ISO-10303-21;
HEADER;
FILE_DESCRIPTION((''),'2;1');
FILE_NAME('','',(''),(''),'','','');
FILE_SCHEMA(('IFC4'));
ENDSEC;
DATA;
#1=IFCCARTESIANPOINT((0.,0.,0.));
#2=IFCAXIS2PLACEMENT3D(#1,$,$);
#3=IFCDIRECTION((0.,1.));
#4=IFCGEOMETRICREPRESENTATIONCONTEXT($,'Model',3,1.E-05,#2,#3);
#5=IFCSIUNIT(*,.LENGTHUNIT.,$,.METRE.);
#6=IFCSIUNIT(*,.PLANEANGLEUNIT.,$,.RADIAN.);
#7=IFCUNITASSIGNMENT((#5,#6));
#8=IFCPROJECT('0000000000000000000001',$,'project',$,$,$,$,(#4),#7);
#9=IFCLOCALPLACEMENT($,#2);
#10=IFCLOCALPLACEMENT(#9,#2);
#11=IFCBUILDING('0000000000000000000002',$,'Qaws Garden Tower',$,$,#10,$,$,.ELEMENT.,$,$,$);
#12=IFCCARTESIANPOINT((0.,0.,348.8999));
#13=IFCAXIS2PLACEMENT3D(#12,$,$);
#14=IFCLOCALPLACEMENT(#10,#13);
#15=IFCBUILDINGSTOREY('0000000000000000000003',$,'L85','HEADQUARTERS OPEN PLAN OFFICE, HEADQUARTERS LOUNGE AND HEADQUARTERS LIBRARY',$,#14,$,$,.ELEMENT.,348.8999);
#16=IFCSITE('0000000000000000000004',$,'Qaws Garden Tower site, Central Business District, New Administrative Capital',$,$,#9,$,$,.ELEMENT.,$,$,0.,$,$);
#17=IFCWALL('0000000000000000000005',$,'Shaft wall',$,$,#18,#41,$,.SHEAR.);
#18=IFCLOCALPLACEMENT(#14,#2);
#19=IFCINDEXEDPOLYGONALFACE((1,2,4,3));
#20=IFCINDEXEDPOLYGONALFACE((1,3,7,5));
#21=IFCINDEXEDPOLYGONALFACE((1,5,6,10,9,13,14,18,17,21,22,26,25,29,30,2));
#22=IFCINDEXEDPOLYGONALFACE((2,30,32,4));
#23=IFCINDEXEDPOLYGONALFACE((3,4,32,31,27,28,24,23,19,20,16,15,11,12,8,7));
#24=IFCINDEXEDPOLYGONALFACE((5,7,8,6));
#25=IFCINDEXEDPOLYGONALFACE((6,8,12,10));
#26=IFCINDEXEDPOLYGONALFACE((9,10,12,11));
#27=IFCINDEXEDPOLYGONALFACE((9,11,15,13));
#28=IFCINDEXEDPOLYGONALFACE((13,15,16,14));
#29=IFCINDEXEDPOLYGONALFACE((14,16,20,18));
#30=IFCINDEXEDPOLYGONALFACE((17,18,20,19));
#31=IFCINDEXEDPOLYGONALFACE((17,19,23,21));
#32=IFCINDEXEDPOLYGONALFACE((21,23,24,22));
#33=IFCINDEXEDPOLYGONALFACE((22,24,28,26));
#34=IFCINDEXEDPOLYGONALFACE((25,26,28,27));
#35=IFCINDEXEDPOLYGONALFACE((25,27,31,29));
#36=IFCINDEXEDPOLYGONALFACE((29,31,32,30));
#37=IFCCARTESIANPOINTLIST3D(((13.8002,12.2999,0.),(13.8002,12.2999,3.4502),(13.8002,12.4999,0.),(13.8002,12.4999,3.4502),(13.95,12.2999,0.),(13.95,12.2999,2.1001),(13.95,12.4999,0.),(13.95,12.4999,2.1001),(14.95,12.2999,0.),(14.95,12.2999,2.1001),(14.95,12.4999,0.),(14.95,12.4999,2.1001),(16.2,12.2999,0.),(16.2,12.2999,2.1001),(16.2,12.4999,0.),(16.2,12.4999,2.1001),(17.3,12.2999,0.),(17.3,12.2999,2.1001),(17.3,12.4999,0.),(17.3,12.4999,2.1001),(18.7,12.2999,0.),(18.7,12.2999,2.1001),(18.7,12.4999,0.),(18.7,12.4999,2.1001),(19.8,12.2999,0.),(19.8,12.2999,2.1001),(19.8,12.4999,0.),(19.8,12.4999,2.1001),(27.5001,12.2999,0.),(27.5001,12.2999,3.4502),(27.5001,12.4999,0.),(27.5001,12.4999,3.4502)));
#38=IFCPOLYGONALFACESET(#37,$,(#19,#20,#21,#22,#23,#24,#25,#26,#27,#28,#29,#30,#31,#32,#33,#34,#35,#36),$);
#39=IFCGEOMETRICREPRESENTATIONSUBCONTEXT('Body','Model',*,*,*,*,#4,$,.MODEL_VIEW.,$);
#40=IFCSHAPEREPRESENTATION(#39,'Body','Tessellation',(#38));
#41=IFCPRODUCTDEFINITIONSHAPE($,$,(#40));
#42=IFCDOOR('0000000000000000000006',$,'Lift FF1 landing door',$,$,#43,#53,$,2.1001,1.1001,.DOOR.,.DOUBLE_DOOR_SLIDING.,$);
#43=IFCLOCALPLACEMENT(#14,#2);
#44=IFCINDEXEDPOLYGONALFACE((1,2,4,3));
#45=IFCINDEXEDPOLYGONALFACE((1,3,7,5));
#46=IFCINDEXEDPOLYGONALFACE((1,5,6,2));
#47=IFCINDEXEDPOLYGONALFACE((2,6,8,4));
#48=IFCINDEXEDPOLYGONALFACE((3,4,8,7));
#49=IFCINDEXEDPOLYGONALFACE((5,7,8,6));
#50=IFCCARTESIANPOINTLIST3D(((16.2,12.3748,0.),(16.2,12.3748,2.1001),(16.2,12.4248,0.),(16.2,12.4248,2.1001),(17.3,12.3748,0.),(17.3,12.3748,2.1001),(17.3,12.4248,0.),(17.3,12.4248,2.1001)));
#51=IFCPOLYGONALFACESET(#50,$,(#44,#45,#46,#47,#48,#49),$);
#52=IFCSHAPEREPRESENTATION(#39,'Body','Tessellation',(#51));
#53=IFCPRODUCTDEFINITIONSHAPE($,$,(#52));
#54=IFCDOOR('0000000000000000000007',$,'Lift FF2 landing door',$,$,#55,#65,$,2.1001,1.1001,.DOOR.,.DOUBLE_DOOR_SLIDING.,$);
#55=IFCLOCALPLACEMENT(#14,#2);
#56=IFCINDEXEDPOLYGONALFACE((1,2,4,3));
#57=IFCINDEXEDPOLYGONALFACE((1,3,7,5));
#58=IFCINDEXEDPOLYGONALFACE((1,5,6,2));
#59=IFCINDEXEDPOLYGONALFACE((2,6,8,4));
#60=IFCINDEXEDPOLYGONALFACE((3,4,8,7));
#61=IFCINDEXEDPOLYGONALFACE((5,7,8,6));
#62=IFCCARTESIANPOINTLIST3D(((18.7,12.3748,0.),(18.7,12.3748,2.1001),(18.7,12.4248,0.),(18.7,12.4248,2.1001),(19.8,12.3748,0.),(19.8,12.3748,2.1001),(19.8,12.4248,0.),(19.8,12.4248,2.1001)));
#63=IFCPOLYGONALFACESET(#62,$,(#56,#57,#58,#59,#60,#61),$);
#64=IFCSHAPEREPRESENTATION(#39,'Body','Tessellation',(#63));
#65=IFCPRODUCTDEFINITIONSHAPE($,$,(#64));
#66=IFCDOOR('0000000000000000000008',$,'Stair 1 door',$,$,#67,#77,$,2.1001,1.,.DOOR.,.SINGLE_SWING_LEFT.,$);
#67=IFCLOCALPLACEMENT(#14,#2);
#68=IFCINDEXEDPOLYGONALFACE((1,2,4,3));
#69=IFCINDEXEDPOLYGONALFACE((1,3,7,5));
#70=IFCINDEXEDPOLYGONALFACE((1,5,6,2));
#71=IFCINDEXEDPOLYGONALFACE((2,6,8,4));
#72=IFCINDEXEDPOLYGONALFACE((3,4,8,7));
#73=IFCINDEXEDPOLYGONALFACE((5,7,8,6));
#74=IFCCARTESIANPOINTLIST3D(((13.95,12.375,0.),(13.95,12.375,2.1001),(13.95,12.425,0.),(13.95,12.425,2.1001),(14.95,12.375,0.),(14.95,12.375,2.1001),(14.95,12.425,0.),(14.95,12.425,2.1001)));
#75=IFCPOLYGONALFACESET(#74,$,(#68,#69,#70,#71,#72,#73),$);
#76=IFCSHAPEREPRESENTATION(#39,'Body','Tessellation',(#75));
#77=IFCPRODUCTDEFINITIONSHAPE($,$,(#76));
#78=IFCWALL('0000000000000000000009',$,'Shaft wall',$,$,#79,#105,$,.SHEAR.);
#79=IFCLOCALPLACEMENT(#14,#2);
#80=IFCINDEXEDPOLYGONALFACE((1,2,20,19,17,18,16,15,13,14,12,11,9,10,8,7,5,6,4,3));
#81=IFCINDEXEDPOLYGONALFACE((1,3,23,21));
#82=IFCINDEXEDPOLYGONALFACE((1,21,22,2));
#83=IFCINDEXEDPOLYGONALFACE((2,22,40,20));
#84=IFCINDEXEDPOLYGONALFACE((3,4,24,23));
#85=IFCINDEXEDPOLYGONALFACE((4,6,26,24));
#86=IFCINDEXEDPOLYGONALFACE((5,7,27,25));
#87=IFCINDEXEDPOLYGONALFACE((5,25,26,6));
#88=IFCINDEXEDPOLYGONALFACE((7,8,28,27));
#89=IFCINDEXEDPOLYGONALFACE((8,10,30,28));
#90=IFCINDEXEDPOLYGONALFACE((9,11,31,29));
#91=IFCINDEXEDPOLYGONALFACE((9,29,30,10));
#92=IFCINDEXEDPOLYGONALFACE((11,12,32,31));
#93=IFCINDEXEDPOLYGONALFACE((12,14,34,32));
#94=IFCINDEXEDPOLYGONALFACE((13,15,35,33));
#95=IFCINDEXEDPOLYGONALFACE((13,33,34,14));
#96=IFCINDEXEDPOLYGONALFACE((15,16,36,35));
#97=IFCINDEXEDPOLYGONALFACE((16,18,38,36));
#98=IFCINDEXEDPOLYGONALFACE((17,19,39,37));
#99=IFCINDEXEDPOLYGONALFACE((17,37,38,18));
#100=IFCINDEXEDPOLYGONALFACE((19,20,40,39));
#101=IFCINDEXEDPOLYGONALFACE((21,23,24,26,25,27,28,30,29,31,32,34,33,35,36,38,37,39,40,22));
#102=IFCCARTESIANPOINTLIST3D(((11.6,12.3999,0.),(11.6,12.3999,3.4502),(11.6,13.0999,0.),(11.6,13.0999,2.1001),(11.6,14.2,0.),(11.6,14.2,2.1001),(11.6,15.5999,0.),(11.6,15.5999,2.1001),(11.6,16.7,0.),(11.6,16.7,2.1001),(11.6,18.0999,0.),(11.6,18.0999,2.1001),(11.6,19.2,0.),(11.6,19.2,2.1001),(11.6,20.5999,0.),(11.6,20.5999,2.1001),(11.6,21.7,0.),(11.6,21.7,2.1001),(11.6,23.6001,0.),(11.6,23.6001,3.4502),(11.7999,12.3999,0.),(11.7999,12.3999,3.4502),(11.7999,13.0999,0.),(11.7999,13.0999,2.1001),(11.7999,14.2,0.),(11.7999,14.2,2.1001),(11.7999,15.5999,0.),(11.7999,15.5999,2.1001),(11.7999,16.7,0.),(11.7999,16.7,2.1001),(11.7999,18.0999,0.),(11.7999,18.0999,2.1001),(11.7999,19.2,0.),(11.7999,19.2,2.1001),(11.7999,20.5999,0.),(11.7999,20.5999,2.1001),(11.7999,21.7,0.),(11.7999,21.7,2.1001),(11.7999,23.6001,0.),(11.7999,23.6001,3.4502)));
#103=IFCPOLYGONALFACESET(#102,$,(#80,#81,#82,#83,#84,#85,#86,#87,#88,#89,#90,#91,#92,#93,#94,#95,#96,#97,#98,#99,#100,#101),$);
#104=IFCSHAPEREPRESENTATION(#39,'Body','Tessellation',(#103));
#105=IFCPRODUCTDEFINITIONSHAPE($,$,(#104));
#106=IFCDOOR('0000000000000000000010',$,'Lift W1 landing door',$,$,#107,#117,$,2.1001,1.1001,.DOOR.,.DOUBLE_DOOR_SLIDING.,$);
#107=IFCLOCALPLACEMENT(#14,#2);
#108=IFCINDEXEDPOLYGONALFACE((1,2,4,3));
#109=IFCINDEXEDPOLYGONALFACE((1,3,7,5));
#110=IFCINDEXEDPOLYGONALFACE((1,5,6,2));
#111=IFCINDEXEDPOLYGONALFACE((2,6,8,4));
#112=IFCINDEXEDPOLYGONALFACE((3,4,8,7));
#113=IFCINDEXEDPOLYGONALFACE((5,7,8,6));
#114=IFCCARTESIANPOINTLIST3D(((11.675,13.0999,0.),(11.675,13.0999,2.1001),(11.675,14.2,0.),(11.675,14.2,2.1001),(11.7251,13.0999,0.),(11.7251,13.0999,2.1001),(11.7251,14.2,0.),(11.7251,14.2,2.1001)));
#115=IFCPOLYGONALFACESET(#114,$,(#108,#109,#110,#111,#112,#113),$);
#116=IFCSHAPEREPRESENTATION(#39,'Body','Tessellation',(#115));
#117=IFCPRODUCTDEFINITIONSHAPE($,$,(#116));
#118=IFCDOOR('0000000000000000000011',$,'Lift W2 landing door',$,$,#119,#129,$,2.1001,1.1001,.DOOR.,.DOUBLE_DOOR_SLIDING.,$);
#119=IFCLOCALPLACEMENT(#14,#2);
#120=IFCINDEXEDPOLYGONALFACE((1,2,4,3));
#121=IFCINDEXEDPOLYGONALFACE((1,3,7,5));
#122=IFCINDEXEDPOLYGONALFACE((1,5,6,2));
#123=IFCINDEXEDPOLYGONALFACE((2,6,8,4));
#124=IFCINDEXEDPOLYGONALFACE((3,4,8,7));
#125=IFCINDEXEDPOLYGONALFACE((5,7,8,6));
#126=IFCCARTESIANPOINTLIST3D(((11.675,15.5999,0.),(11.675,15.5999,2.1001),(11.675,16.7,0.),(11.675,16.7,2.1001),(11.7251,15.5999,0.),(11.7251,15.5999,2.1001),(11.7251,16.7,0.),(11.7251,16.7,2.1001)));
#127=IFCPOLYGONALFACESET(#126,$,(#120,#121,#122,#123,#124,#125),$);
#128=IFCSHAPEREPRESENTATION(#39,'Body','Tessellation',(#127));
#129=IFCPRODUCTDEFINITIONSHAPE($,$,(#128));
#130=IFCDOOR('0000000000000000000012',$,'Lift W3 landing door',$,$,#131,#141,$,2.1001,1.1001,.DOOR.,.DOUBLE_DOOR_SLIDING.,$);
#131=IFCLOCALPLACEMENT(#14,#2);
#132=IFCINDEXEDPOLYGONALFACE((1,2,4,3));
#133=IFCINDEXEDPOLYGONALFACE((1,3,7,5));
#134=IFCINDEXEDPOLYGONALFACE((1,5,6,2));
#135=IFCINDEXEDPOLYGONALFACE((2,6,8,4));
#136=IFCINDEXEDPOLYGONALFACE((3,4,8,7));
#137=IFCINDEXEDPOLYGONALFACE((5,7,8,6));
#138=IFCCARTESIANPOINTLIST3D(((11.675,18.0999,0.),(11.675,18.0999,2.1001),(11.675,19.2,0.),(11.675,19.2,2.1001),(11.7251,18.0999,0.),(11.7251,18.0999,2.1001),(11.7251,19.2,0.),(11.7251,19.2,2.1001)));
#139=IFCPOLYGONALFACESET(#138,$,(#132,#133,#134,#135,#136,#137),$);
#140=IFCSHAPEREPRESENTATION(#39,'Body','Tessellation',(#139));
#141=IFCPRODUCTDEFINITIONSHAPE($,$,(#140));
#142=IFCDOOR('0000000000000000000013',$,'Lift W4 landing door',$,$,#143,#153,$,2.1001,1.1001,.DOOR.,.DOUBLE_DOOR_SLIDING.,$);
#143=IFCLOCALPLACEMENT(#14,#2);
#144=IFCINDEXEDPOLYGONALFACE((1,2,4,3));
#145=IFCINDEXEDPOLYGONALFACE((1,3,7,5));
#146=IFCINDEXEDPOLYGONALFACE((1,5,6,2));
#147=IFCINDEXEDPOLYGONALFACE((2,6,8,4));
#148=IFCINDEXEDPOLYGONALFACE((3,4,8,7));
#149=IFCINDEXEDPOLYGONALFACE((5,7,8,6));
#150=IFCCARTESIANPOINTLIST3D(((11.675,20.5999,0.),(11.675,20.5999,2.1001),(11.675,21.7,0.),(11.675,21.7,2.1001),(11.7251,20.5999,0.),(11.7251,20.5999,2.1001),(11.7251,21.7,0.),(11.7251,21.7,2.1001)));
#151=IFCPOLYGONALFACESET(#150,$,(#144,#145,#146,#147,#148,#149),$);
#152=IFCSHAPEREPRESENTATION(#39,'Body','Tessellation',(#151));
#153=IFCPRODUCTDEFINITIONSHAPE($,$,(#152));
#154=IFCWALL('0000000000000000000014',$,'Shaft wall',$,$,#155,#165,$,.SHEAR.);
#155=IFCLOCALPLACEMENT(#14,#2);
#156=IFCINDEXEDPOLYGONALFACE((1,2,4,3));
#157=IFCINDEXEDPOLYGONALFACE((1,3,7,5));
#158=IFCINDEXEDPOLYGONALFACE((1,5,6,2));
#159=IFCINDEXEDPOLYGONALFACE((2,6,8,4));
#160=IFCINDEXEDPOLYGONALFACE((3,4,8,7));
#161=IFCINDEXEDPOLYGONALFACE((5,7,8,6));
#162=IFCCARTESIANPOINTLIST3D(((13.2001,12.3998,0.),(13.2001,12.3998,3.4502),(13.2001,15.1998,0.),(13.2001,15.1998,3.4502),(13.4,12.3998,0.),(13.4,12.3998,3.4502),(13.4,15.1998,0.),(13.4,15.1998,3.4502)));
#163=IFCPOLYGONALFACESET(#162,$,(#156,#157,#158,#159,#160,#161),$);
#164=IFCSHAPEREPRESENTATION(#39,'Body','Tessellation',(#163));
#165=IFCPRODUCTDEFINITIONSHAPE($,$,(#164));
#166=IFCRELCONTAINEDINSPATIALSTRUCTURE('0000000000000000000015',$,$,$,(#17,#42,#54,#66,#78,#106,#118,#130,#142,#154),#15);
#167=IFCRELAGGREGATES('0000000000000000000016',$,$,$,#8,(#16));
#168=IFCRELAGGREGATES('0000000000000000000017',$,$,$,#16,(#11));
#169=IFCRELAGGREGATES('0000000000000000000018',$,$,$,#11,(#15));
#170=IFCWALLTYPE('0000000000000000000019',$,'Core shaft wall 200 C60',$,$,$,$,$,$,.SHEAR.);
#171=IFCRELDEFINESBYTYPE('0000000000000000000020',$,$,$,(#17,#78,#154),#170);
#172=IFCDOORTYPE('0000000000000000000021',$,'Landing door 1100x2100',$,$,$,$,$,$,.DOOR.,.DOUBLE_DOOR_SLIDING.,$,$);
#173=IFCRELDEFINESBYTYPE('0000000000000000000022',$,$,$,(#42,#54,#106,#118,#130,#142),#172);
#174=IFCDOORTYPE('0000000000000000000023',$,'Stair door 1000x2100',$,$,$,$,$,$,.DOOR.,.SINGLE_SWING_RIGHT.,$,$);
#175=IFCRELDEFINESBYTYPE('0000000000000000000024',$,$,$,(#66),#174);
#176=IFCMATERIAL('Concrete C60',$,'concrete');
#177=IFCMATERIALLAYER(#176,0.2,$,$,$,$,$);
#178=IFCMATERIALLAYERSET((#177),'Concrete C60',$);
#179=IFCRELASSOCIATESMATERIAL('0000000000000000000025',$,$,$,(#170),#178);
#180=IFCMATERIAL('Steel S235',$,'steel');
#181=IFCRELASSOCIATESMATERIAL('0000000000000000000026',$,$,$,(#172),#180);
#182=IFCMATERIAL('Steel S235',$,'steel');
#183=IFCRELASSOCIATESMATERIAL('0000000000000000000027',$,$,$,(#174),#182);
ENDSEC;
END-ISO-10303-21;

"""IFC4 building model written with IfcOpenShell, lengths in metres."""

from ifc_helpers import new_model, si_unit, direction, frame, frame_2d, origin, place, context, subcontext, project, spatial, rectangle, extrude, material, layer, layer_set, type_object, element, fill, save


model = new_model("IFC4")

# Units and contexts
model_context = context("Model", 3, precision=1e-05, world=origin(), true_north=direction((0.0, 1.0)))
body_context = subcontext(model_context, "Body", "Model", "MODEL_VIEW")
ifc_project = project(units=[si_unit("LENGTHUNIT", "METRE"), si_unit("PLANEANGLEUNIT", "RADIAN")], contexts=[model_context])

# Site, building, storey
site_placement = place(None, origin())
site = spatial("IfcSite", under=ifc_project, at=site_placement, Name="Qaws Garden Tower site, Central Business District, New Administrative Capital", CompositionType="ELEMENT", RefElevation=0.0)
building_placement = place(site_placement, origin())
building = spatial("IfcBuilding", under=site, at=building_placement, Name="Qaws Garden Tower", CompositionType="ELEMENT")
storey_placement = place(building_placement, frame((0.0, 0.0, 348.8999)))
storey = spatial("IfcBuildingStorey", under=building, at=storey_placement, Name="L85", Description="HEADQUARTERS OPEN PLAN OFFICE, HEADQUARTERS LOUNGE AND HEADQUARTERS LIBRARY", CompositionType="ELEMENT", Elevation=348.8999)

# Walls, openings, doors
ifc_material_1 = material(Name="Concrete C60", Category="concrete")
ifc_layer_1 = layer(ifc_material_1, 0.2)
ifc_layer_set_1 = layer_set([ifc_layer_1], Name="Concrete C60")
wall_type_1 = type_object("IfcWallType", Name="Core shaft wall 200 C60", PredefinedType="SHEAR", material=ifc_layer_set_1)
wall_1_placement = place(storey_placement, frame((13.8, 12.3999, 0.0), z_axis=(0.0, 0.0, 1.0), x_axis=(1.0, 0.0, 0.0)))
wall_1 = element("IfcWall", 1, at=wall_1_placement, inside=storey, type_object=wall_type_1, Name="Shaft wall", PredefinedType="SHEAR", context=body_context, shape_type="SweptSolid", body=[
    extrude(rectangle(XDim=13.7, YDim=0.2, at=frame_2d((6.8501, 0.0))), origin(), (0.0, 0.0, 1.0), 3.4502),
])
opening_1_placement = place(wall_1_placement, frame((2.3999, 0.0, 0.0)))
opening_1 = element("IfcOpeningElement", 2, at=opening_1_placement, cuts=wall_1, PredefinedType="OPENING", context=body_context, shape_type="SweptSolid", body=[
    extrude(rectangle(XDim=1.1001, YDim=2.1001, at=frame_2d((0.55, 1.05))), frame((0.0, 0.1099, 0.0), z_axis=(0.0, -1.0, 0.0), x_axis=(1.0, 0.0, 0.0)), (0.0, 0.0, 1.0), 0.22),
])
opening_2_placement = place(wall_1_placement, frame((4.8999, 0.0, 0.0)))
opening_2 = element("IfcOpeningElement", 3, at=opening_2_placement, cuts=wall_1, PredefinedType="OPENING", context=body_context, shape_type="SweptSolid", body=[
    extrude(rectangle(XDim=1.1001, YDim=2.1001, at=frame_2d((0.55, 1.05))), frame((0.0, 0.1099, 0.0), z_axis=(0.0, -1.0, 0.0), x_axis=(1.0, 0.0, 0.0)), (0.0, 0.0, 1.0), 0.22),
])
opening_3_placement = place(wall_1_placement, frame((0.1499, 0.0, 0.0)))
opening_3 = element("IfcOpeningElement", 4, at=opening_3_placement, cuts=wall_1, PredefinedType="OPENING", context=body_context, shape_type="SweptSolid", body=[
    extrude(rectangle(XDim=1.0, YDim=2.1001, at=frame_2d((0.5, 1.05))), frame((0.0, 0.1099, 0.0), z_axis=(0.0, -1.0, 0.0), x_axis=(1.0, 0.0, 0.0)), (0.0, 0.0, 1.0), 0.22),
])
ifc_material_2 = material(Name="Steel S235", Category="steel")
door_type_1 = type_object("IfcDoorType", Name="Landing door 1100x2100", OperationType="DOUBLE_DOOR_SLIDING", PredefinedType="DOOR", material=ifc_material_2)
door_1_placement = place(opening_1_placement, origin())
door_1 = element("IfcDoor", 5, at=door_1_placement, inside=storey, type_object=door_type_1, Name="Lift FF1 landing door", OperationType="DOUBLE_DOOR_SLIDING", OverallHeight=2.1001, OverallWidth=1.1001, PredefinedType="DOOR", context=body_context, shape_type="SweptSolid", body=[
    extrude(rectangle(XDim=1.1001, YDim=2.1001, at=frame_2d((0.55, 1.05))), frame((0.0, 0.0249, 0.0), z_axis=(0.0, -1.0, 0.0), x_axis=(1.0, 0.0, 0.0)), (0.0, 0.0, 1.0), 0.05),
])
fill(opening_1, door_1)
door_2_placement = place(opening_2_placement, origin())
door_2 = element("IfcDoor", 6, at=door_2_placement, inside=storey, type_object=door_type_1, Name="Lift FF2 landing door", OperationType="DOUBLE_DOOR_SLIDING", OverallHeight=2.1001, OverallWidth=1.1001, PredefinedType="DOOR", context=body_context, shape_type="SweptSolid", body=[
    extrude(rectangle(XDim=1.1001, YDim=2.1001, at=frame_2d((0.55, 1.05))), frame((0.0, 0.0249, 0.0), z_axis=(0.0, -1.0, 0.0), x_axis=(1.0, 0.0, 0.0)), (0.0, 0.0, 1.0), 0.05),
])
fill(opening_2, door_2)
ifc_material_3 = material(Name="Steel S235", Category="steel")
door_type_2 = type_object("IfcDoorType", Name="Stair door 1000x2100", OperationType="SINGLE_SWING_RIGHT", PredefinedType="DOOR", material=ifc_material_3)
door_3_placement = place(opening_3_placement, frame((1.0, 0.0, 0.0), z_axis=(0.0, 0.0, 1.0), x_axis=(-1.0, 0.0, 0.0)))
door_3 = element("IfcDoor", 7, at=door_3_placement, inside=storey, type_object=door_type_2, Name="Stair 1 door", OperationType="SINGLE_SWING_LEFT", OverallHeight=2.1001, OverallWidth=1.0, PredefinedType="DOOR", context=body_context, shape_type="SweptSolid", body=[
    extrude(rectangle(XDim=1.0, YDim=2.1001, at=frame_2d((0.5, 1.05))), frame((0.0, 0.0249, 0.0), z_axis=(0.0, -1.0, 0.0), x_axis=(1.0, 0.0, 0.0)), (0.0, 0.0, 1.0), 0.05),
])
fill(opening_3, door_3)
wall_2_placement = place(storey_placement, frame((11.7, 12.3999, 0.0), z_axis=(0.0, 0.0, 1.0), x_axis=(0.0, 1.0, 0.0)))
wall_2 = element("IfcWall", 8, at=wall_2_placement, inside=storey, type_object=wall_type_1, Name="Shaft wall", PredefinedType="SHEAR", context=body_context, shape_type="SweptSolid", body=[
    extrude(rectangle(XDim=11.2002, YDim=0.2, at=frame_2d((5.6001, 0.0))), origin(), (0.0, 0.0, 1.0), 3.4502),
])
opening_4_placement = place(wall_2_placement, frame((0.7, 0.0, 0.0)))
opening_4 = element("IfcOpeningElement", 9, at=opening_4_placement, cuts=wall_2, PredefinedType="OPENING", context=body_context, shape_type="SweptSolid", body=[
    extrude(rectangle(XDim=1.1001, YDim=2.1001, at=frame_2d((0.55, 1.05))), frame((0.0, 0.1099, 0.0), z_axis=(0.0, -1.0, 0.0), x_axis=(1.0, 0.0, 0.0)), (0.0, 0.0, 1.0), 0.22),
])
opening_5_placement = place(wall_2_placement, frame((3.2, 0.0, 0.0)))
opening_5 = element("IfcOpeningElement", 10, at=opening_5_placement, cuts=wall_2, PredefinedType="OPENING", context=body_context, shape_type="SweptSolid", body=[
    extrude(rectangle(XDim=1.1001, YDim=2.1001, at=frame_2d((0.55, 1.05))), frame((0.0, 0.1099, 0.0), z_axis=(0.0, -1.0, 0.0), x_axis=(1.0, 0.0, 0.0)), (0.0, 0.0, 1.0), 0.22),
])
opening_6_placement = place(wall_2_placement, frame((5.7, 0.0, 0.0)))
opening_6 = element("IfcOpeningElement", 11, at=opening_6_placement, cuts=wall_2, PredefinedType="OPENING", context=body_context, shape_type="SweptSolid", body=[
    extrude(rectangle(XDim=1.1001, YDim=2.1001, at=frame_2d((0.55, 1.05))), frame((0.0, 0.1099, 0.0), z_axis=(0.0, -1.0, 0.0), x_axis=(1.0, 0.0, 0.0)), (0.0, 0.0, 1.0), 0.22),
])
opening_7_placement = place(wall_2_placement, frame((8.2, 0.0, 0.0)))
opening_7 = element("IfcOpeningElement", 12, at=opening_7_placement, cuts=wall_2, PredefinedType="OPENING", context=body_context, shape_type="SweptSolid", body=[
    extrude(rectangle(XDim=1.1001, YDim=2.1001, at=frame_2d((0.55, 1.05))), frame((0.0, 0.1099, 0.0), z_axis=(0.0, -1.0, 0.0), x_axis=(1.0, 0.0, 0.0)), (0.0, 0.0, 1.0), 0.22),
])
door_4_placement = place(opening_4_placement, origin())
door_4 = element("IfcDoor", 13, at=door_4_placement, inside=storey, type_object=door_type_1, Name="Lift W1 landing door", OperationType="DOUBLE_DOOR_SLIDING", OverallHeight=2.1001, OverallWidth=1.1001, PredefinedType="DOOR", context=body_context, shape_type="SweptSolid", body=[
    extrude(rectangle(XDim=1.1001, YDim=2.1001, at=frame_2d((0.55, 1.05))), frame((0.0, 0.0249, 0.0), z_axis=(0.0, -1.0, 0.0), x_axis=(1.0, 0.0, 0.0)), (0.0, 0.0, 1.0), 0.05),
])
fill(opening_4, door_4)
door_5_placement = place(opening_5_placement, origin())
door_5 = element("IfcDoor", 14, at=door_5_placement, inside=storey, type_object=door_type_1, Name="Lift W2 landing door", OperationType="DOUBLE_DOOR_SLIDING", OverallHeight=2.1001, OverallWidth=1.1001, PredefinedType="DOOR", context=body_context, shape_type="SweptSolid", body=[
    extrude(rectangle(XDim=1.1001, YDim=2.1001, at=frame_2d((0.55, 1.05))), frame((0.0, 0.0249, 0.0), z_axis=(0.0, -1.0, 0.0), x_axis=(1.0, 0.0, 0.0)), (0.0, 0.0, 1.0), 0.05),
])
fill(opening_5, door_5)
door_6_placement = place(opening_6_placement, origin())
door_6 = element("IfcDoor", 15, at=door_6_placement, inside=storey, type_object=door_type_1, Name="Lift W3 landing door", OperationType="DOUBLE_DOOR_SLIDING", OverallHeight=2.1001, OverallWidth=1.1001, PredefinedType="DOOR", context=body_context, shape_type="SweptSolid", body=[
    extrude(rectangle(XDim=1.1001, YDim=2.1001, at=frame_2d((0.55, 1.05))), frame((0.0, 0.0249, 0.0), z_axis=(0.0, -1.0, 0.0), x_axis=(1.0, 0.0, 0.0)), (0.0, 0.0, 1.0), 0.05),
])
fill(opening_6, door_6)
door_7_placement = place(opening_7_placement, origin())
door_7 = element("IfcDoor", 16, at=door_7_placement, inside=storey, type_object=door_type_1, Name="Lift W4 landing door", OperationType="DOUBLE_DOOR_SLIDING", OverallHeight=2.1001, OverallWidth=1.1001, PredefinedType="DOOR", context=body_context, shape_type="SweptSolid", body=[
    extrude(rectangle(XDim=1.1001, YDim=2.1001, at=frame_2d((0.55, 1.05))), frame((0.0, 0.0249, 0.0), z_axis=(0.0, -1.0, 0.0), x_axis=(1.0, 0.0, 0.0)), (0.0, 0.0, 1.0), 0.05),
])
fill(opening_7, door_7)

# Wall
wall_3_placement = place(storey_placement, frame((13.3, 12.3999, 0.0), z_axis=(0.0, 0.0, 1.0), x_axis=(0.0, 1.0, 0.0)))
element("IfcWall", 17, at=wall_3_placement, inside=storey, type_object=wall_type_1, Name="Shaft wall", PredefinedType="SHEAR", context=body_context, shape_type="SweptSolid", body=[
    extrude(rectangle(XDim=2.8, YDim=0.2, at=frame_2d((1.3999, 0.0))), origin(), (0.0, 0.0, 1.0), 3.4502),
])

save(model, "model.ifc")
